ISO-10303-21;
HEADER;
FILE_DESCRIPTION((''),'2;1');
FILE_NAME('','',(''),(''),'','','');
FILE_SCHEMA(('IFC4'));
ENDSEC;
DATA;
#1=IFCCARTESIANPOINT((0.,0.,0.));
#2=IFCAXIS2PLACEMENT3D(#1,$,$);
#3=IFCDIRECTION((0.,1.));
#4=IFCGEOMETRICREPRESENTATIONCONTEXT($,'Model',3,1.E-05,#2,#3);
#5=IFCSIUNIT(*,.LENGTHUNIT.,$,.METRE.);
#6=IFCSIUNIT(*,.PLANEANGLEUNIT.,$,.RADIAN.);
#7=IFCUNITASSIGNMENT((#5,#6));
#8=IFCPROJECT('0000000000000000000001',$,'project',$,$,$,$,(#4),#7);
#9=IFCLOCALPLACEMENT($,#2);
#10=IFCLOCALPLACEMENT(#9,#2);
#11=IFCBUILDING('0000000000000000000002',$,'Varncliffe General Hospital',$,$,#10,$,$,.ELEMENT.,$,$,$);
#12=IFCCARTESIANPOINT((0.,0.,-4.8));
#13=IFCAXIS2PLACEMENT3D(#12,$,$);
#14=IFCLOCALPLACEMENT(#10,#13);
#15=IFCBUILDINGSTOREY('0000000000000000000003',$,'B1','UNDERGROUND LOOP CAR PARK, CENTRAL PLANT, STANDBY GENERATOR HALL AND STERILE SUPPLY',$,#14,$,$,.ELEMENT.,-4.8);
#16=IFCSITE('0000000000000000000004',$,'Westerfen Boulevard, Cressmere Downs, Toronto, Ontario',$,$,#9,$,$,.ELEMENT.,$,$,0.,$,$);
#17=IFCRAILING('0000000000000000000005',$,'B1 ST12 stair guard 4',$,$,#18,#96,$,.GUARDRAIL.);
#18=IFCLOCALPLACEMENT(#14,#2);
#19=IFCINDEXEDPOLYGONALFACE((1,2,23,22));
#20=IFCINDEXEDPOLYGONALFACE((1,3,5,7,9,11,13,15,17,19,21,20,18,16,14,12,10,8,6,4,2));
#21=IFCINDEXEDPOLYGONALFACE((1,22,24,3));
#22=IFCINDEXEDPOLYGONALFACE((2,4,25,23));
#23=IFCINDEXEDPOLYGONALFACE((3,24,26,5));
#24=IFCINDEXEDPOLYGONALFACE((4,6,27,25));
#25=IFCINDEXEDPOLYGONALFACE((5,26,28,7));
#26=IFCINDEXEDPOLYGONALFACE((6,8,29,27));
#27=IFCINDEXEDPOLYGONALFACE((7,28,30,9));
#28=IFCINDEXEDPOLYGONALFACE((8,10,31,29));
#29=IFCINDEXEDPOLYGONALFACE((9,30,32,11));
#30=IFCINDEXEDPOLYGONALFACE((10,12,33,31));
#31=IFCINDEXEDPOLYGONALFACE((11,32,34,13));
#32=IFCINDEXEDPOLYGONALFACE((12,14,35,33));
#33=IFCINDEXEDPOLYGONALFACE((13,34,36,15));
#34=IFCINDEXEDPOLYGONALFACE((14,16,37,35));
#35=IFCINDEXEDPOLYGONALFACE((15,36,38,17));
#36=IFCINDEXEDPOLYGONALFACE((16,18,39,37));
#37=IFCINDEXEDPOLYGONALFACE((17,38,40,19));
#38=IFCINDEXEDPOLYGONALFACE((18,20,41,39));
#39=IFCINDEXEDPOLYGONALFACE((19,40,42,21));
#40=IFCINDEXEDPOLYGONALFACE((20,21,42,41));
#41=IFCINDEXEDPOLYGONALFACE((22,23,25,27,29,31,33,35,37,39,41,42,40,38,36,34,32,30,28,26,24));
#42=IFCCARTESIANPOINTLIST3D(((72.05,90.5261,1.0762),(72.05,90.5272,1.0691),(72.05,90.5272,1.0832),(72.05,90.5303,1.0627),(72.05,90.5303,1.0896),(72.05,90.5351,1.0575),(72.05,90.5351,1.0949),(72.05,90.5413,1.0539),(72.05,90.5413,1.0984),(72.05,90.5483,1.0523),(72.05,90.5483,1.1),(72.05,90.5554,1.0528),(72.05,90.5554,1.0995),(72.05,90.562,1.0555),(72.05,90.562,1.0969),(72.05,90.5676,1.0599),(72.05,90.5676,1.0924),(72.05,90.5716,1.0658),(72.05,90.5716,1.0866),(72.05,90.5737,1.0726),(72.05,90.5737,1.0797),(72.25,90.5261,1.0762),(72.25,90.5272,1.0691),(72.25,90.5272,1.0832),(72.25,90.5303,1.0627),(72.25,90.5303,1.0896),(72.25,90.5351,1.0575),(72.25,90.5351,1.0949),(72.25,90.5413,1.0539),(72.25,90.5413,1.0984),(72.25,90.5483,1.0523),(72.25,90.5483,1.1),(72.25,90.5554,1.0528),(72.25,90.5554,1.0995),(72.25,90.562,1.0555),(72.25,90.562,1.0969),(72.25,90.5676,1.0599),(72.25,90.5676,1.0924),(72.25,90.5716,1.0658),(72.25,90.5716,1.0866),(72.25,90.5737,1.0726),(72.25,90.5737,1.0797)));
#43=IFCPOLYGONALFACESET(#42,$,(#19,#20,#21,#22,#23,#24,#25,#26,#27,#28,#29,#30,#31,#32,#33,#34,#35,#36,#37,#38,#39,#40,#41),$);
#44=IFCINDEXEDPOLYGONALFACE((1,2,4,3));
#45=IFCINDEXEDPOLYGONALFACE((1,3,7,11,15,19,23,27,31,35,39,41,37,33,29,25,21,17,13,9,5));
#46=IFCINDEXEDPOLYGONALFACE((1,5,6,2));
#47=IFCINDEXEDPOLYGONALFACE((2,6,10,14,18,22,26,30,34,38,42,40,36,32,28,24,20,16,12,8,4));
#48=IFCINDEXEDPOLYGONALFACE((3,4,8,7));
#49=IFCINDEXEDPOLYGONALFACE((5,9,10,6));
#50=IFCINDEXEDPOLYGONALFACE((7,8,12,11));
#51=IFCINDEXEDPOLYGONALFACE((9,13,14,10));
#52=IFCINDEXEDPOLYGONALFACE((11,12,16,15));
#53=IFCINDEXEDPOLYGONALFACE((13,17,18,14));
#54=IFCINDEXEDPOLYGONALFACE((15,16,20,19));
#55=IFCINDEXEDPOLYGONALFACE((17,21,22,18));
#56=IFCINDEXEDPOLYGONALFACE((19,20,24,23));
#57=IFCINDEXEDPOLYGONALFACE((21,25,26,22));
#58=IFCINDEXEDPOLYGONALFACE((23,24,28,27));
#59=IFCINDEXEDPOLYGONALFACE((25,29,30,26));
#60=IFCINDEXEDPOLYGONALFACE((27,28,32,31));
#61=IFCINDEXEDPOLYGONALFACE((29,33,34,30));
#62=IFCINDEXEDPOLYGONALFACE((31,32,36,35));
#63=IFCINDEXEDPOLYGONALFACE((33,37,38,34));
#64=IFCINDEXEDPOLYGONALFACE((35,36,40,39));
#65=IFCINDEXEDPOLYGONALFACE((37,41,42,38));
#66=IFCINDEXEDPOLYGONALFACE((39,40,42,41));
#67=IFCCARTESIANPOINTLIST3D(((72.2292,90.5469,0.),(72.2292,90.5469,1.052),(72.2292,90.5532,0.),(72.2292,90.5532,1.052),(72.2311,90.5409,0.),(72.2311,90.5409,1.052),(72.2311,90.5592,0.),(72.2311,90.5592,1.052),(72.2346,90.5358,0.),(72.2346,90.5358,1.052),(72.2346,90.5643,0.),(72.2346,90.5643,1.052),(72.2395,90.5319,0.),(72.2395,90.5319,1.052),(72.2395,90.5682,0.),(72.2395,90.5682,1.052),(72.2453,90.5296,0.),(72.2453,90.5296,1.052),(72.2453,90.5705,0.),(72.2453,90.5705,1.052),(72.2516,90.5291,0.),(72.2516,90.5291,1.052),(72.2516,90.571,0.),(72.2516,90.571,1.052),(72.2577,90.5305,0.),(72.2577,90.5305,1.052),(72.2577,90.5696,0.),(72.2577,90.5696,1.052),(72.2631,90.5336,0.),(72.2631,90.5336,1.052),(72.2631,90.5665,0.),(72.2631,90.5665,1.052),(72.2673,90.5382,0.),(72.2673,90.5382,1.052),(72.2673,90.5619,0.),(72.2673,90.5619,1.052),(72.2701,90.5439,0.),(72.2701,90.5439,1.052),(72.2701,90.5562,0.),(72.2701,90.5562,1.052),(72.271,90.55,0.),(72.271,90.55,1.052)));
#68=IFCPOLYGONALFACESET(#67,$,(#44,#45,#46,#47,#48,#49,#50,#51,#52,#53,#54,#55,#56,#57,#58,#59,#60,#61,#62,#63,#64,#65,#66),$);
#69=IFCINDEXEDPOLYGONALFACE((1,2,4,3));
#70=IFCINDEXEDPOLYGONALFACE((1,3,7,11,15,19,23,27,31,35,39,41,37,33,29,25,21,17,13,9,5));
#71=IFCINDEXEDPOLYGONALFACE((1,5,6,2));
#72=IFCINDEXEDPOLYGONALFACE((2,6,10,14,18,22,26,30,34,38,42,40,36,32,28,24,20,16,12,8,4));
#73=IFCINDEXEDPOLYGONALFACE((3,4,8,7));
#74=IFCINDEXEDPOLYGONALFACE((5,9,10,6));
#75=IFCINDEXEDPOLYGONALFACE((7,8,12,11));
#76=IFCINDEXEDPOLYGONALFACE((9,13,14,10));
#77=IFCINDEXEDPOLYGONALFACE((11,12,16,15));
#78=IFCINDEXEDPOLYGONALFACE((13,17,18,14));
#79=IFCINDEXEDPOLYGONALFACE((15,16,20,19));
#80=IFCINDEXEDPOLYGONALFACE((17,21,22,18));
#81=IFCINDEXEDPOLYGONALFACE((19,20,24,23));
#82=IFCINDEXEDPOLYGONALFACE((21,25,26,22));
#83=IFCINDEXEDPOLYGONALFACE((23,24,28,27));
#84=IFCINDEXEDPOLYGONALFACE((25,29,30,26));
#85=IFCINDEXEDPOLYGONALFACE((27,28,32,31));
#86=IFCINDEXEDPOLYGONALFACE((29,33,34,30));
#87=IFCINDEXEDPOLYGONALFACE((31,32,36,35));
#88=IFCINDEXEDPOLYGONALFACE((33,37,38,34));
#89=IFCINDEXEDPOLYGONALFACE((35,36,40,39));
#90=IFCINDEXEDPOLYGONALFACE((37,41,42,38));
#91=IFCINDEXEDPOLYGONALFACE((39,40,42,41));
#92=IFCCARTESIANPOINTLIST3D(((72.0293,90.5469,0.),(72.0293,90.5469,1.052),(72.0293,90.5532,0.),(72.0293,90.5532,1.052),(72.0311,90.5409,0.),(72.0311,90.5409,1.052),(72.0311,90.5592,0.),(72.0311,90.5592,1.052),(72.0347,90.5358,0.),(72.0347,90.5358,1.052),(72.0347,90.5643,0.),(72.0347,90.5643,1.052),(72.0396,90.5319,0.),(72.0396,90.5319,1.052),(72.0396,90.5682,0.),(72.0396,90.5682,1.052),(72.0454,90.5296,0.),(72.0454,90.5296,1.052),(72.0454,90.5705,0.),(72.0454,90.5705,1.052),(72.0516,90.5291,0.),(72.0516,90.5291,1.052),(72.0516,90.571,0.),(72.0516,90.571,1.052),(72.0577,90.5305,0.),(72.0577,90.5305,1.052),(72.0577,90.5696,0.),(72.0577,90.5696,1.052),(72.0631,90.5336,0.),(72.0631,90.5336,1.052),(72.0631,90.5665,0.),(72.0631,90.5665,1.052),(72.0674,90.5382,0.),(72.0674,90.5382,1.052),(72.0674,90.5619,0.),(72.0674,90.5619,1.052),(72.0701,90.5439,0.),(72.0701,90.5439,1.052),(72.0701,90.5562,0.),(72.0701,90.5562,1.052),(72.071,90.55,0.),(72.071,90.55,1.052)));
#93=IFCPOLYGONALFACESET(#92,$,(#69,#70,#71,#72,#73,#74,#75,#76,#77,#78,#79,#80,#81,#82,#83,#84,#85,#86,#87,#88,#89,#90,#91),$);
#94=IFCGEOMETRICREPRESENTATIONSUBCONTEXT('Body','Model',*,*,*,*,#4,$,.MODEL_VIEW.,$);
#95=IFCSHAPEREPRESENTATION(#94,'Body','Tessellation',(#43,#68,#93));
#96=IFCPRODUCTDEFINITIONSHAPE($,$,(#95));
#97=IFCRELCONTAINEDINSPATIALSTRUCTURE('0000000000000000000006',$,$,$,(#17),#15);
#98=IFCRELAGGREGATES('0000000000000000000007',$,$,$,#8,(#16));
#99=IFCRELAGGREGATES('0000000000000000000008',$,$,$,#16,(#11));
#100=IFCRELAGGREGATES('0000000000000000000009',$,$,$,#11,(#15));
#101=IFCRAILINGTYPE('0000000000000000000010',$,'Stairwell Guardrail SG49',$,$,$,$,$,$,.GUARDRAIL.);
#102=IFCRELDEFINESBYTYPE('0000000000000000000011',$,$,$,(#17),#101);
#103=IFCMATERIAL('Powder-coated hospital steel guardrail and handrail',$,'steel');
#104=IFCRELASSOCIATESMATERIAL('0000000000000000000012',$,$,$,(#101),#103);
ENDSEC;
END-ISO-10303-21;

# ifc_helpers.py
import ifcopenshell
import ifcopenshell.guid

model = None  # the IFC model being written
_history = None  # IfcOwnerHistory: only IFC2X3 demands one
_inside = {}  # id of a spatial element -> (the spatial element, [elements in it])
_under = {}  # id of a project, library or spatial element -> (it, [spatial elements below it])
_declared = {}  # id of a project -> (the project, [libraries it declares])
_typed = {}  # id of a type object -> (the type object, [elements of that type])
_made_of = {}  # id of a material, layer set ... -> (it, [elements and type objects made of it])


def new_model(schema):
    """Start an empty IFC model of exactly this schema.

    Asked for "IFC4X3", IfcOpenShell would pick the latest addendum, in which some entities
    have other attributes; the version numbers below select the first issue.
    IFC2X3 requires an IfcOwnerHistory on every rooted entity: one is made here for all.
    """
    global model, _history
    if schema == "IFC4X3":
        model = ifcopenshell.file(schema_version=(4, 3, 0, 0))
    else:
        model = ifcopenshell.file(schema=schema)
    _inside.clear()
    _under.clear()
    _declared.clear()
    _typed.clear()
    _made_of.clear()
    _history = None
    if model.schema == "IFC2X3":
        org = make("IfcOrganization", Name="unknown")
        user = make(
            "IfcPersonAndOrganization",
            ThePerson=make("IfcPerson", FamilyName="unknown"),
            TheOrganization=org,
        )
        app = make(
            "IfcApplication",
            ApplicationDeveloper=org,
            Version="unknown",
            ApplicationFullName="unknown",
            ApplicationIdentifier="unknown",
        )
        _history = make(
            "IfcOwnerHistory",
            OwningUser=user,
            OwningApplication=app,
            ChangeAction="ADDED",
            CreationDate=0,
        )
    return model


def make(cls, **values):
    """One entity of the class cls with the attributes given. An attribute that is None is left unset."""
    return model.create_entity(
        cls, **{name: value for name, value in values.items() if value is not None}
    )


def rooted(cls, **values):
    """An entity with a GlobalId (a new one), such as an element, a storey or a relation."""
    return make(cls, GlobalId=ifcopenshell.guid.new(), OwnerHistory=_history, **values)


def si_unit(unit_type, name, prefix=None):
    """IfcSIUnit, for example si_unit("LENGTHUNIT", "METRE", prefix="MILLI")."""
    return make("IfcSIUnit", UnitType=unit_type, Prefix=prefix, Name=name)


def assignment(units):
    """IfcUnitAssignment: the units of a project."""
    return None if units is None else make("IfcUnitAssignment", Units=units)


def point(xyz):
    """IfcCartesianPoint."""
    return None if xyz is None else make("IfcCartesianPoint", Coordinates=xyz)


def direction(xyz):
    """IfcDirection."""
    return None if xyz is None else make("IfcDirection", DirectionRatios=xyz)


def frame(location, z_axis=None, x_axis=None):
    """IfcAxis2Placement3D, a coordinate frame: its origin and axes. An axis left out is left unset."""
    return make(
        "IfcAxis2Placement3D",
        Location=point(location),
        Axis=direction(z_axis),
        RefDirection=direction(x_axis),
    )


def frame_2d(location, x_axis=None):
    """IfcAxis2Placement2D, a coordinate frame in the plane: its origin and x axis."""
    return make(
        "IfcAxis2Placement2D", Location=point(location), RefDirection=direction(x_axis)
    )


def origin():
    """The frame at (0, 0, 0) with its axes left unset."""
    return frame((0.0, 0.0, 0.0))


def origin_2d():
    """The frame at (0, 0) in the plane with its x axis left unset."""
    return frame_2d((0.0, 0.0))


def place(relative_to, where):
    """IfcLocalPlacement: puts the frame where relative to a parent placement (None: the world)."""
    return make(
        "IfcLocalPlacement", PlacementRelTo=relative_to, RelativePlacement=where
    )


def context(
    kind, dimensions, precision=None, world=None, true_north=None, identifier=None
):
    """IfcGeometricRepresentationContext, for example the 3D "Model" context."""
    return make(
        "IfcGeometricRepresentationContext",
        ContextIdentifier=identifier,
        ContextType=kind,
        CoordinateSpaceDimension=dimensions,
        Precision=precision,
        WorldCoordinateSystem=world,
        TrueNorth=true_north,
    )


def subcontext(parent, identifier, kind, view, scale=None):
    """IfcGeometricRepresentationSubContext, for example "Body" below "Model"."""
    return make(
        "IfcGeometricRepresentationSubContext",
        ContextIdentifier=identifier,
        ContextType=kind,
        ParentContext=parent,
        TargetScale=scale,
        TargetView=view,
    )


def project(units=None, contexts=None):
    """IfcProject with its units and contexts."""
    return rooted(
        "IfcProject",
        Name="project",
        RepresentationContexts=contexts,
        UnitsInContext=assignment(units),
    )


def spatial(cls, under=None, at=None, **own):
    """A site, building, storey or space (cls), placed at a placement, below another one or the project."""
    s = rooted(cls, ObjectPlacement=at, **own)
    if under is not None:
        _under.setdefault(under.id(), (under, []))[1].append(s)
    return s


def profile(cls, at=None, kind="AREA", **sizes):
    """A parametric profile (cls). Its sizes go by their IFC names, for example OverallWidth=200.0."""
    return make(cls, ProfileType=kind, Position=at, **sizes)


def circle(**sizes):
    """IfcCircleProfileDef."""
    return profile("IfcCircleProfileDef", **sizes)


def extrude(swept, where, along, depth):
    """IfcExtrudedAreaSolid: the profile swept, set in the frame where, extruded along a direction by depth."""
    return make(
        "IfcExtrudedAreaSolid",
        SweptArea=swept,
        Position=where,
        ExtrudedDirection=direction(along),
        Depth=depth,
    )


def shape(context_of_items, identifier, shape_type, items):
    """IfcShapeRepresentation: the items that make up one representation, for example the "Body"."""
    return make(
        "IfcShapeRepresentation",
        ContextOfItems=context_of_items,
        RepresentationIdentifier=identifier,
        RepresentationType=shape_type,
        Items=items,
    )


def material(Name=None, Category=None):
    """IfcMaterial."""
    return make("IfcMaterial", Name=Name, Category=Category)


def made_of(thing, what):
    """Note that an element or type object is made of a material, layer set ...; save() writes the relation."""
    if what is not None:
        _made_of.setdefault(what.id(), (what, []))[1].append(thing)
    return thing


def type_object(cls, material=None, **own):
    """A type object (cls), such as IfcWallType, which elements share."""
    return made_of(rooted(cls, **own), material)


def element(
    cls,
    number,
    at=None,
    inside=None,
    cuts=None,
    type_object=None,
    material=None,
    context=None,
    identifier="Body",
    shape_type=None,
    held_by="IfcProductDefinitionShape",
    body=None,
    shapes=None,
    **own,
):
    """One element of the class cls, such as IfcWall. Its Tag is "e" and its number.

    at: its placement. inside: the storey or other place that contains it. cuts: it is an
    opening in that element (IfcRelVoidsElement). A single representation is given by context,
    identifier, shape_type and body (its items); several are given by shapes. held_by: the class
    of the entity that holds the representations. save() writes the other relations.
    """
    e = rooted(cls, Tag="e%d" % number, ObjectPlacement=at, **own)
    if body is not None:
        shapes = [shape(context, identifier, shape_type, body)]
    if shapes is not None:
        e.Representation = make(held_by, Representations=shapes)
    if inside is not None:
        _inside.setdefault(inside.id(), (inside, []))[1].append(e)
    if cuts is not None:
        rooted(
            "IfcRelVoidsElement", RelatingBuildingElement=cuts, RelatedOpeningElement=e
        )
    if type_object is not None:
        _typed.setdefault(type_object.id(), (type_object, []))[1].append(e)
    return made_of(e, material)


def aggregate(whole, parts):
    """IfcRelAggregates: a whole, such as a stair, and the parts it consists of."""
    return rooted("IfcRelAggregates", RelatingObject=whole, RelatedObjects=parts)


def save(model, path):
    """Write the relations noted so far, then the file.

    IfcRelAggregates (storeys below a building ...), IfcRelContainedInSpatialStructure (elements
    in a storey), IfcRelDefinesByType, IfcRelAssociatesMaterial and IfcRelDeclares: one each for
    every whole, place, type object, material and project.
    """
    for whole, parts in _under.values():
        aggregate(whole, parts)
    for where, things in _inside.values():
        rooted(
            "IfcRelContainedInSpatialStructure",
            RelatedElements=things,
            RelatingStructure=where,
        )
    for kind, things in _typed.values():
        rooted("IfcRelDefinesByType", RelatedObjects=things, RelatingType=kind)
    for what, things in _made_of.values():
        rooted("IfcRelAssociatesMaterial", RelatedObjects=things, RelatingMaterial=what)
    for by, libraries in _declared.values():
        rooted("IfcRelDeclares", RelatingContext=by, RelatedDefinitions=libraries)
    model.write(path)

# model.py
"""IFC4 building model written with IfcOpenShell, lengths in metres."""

from ifc_helpers import new_model, si_unit, direction, frame, origin, origin_2d, place, context, subcontext, project, spatial, circle, extrude, material, type_object, element, save


model = new_model("IFC4")

# Units and contexts
model_context = context("Model", 3, precision=1e-05, world=origin(), true_north=direction((0.0, 1.0)))
body_context = subcontext(model_context, "Body", "Model", "MODEL_VIEW")
ifc_project = project(units=[si_unit("LENGTHUNIT", "METRE"), si_unit("PLANEANGLEUNIT", "RADIAN")], contexts=[model_context])

# Site, building, storey
site_placement = place(None, origin())
site = spatial("IfcSite", under=ifc_project, at=site_placement, Name="Westerfen Boulevard, Cressmere Downs, Toronto, Ontario", CompositionType="ELEMENT", RefElevation=0.0)
building_placement = place(site_placement, origin())
building = spatial("IfcBuilding", under=site, at=building_placement, Name="Varncliffe General Hospital", CompositionType="ELEMENT")
storey_placement = place(building_placement, frame((0.0, 0.0, -4.8)))
storey = spatial("IfcBuildingStorey", under=building, at=storey_placement, Name="B1", Description="UNDERGROUND LOOP CAR PARK, CENTRAL PLANT, STANDBY GENERATOR HALL AND STERILE SUPPLY", CompositionType="ELEMENT", Elevation=-4.8)

# Railing
ifc_material_1 = material(Name="Powder-coated hospital steel guardrail and handrail", Category="steel")
railing_type_1 = type_object("IfcRailingType", Name="Stairwell Guardrail SG49", PredefinedType="GUARDRAIL", material=ifc_material_1)
railing_1_placement = place(storey_placement, frame((72.25, 90.55, 0.0)))
element("IfcRailing", 1, at=railing_1_placement, inside=storey, type_object=railing_type_1, Name="B1 ST12 stair guard 4", PredefinedType="GUARDRAIL", context=body_context, shape_type="SweptSolid", body=[
    extrude(circle(Radius=0.0239, at=origin_2d()), frame((0.0, 0.0, 1.0762), z_axis=(-1.0, 0.0, 0.0), x_axis=(0.0, -1.0, 0.0)), (0.0, 0.0, 1.0), 0.2),
    extrude(circle(Radius=0.021, at=origin_2d()), origin(), (0.0, 0.0, 1.0), 1.052),
    extrude(circle(Radius=0.021, at=origin_2d()), frame((-0.2, 0.0, 0.0)), (0.0, 0.0, 1.0), 1.052),
])

save(model, "model.ifc")
